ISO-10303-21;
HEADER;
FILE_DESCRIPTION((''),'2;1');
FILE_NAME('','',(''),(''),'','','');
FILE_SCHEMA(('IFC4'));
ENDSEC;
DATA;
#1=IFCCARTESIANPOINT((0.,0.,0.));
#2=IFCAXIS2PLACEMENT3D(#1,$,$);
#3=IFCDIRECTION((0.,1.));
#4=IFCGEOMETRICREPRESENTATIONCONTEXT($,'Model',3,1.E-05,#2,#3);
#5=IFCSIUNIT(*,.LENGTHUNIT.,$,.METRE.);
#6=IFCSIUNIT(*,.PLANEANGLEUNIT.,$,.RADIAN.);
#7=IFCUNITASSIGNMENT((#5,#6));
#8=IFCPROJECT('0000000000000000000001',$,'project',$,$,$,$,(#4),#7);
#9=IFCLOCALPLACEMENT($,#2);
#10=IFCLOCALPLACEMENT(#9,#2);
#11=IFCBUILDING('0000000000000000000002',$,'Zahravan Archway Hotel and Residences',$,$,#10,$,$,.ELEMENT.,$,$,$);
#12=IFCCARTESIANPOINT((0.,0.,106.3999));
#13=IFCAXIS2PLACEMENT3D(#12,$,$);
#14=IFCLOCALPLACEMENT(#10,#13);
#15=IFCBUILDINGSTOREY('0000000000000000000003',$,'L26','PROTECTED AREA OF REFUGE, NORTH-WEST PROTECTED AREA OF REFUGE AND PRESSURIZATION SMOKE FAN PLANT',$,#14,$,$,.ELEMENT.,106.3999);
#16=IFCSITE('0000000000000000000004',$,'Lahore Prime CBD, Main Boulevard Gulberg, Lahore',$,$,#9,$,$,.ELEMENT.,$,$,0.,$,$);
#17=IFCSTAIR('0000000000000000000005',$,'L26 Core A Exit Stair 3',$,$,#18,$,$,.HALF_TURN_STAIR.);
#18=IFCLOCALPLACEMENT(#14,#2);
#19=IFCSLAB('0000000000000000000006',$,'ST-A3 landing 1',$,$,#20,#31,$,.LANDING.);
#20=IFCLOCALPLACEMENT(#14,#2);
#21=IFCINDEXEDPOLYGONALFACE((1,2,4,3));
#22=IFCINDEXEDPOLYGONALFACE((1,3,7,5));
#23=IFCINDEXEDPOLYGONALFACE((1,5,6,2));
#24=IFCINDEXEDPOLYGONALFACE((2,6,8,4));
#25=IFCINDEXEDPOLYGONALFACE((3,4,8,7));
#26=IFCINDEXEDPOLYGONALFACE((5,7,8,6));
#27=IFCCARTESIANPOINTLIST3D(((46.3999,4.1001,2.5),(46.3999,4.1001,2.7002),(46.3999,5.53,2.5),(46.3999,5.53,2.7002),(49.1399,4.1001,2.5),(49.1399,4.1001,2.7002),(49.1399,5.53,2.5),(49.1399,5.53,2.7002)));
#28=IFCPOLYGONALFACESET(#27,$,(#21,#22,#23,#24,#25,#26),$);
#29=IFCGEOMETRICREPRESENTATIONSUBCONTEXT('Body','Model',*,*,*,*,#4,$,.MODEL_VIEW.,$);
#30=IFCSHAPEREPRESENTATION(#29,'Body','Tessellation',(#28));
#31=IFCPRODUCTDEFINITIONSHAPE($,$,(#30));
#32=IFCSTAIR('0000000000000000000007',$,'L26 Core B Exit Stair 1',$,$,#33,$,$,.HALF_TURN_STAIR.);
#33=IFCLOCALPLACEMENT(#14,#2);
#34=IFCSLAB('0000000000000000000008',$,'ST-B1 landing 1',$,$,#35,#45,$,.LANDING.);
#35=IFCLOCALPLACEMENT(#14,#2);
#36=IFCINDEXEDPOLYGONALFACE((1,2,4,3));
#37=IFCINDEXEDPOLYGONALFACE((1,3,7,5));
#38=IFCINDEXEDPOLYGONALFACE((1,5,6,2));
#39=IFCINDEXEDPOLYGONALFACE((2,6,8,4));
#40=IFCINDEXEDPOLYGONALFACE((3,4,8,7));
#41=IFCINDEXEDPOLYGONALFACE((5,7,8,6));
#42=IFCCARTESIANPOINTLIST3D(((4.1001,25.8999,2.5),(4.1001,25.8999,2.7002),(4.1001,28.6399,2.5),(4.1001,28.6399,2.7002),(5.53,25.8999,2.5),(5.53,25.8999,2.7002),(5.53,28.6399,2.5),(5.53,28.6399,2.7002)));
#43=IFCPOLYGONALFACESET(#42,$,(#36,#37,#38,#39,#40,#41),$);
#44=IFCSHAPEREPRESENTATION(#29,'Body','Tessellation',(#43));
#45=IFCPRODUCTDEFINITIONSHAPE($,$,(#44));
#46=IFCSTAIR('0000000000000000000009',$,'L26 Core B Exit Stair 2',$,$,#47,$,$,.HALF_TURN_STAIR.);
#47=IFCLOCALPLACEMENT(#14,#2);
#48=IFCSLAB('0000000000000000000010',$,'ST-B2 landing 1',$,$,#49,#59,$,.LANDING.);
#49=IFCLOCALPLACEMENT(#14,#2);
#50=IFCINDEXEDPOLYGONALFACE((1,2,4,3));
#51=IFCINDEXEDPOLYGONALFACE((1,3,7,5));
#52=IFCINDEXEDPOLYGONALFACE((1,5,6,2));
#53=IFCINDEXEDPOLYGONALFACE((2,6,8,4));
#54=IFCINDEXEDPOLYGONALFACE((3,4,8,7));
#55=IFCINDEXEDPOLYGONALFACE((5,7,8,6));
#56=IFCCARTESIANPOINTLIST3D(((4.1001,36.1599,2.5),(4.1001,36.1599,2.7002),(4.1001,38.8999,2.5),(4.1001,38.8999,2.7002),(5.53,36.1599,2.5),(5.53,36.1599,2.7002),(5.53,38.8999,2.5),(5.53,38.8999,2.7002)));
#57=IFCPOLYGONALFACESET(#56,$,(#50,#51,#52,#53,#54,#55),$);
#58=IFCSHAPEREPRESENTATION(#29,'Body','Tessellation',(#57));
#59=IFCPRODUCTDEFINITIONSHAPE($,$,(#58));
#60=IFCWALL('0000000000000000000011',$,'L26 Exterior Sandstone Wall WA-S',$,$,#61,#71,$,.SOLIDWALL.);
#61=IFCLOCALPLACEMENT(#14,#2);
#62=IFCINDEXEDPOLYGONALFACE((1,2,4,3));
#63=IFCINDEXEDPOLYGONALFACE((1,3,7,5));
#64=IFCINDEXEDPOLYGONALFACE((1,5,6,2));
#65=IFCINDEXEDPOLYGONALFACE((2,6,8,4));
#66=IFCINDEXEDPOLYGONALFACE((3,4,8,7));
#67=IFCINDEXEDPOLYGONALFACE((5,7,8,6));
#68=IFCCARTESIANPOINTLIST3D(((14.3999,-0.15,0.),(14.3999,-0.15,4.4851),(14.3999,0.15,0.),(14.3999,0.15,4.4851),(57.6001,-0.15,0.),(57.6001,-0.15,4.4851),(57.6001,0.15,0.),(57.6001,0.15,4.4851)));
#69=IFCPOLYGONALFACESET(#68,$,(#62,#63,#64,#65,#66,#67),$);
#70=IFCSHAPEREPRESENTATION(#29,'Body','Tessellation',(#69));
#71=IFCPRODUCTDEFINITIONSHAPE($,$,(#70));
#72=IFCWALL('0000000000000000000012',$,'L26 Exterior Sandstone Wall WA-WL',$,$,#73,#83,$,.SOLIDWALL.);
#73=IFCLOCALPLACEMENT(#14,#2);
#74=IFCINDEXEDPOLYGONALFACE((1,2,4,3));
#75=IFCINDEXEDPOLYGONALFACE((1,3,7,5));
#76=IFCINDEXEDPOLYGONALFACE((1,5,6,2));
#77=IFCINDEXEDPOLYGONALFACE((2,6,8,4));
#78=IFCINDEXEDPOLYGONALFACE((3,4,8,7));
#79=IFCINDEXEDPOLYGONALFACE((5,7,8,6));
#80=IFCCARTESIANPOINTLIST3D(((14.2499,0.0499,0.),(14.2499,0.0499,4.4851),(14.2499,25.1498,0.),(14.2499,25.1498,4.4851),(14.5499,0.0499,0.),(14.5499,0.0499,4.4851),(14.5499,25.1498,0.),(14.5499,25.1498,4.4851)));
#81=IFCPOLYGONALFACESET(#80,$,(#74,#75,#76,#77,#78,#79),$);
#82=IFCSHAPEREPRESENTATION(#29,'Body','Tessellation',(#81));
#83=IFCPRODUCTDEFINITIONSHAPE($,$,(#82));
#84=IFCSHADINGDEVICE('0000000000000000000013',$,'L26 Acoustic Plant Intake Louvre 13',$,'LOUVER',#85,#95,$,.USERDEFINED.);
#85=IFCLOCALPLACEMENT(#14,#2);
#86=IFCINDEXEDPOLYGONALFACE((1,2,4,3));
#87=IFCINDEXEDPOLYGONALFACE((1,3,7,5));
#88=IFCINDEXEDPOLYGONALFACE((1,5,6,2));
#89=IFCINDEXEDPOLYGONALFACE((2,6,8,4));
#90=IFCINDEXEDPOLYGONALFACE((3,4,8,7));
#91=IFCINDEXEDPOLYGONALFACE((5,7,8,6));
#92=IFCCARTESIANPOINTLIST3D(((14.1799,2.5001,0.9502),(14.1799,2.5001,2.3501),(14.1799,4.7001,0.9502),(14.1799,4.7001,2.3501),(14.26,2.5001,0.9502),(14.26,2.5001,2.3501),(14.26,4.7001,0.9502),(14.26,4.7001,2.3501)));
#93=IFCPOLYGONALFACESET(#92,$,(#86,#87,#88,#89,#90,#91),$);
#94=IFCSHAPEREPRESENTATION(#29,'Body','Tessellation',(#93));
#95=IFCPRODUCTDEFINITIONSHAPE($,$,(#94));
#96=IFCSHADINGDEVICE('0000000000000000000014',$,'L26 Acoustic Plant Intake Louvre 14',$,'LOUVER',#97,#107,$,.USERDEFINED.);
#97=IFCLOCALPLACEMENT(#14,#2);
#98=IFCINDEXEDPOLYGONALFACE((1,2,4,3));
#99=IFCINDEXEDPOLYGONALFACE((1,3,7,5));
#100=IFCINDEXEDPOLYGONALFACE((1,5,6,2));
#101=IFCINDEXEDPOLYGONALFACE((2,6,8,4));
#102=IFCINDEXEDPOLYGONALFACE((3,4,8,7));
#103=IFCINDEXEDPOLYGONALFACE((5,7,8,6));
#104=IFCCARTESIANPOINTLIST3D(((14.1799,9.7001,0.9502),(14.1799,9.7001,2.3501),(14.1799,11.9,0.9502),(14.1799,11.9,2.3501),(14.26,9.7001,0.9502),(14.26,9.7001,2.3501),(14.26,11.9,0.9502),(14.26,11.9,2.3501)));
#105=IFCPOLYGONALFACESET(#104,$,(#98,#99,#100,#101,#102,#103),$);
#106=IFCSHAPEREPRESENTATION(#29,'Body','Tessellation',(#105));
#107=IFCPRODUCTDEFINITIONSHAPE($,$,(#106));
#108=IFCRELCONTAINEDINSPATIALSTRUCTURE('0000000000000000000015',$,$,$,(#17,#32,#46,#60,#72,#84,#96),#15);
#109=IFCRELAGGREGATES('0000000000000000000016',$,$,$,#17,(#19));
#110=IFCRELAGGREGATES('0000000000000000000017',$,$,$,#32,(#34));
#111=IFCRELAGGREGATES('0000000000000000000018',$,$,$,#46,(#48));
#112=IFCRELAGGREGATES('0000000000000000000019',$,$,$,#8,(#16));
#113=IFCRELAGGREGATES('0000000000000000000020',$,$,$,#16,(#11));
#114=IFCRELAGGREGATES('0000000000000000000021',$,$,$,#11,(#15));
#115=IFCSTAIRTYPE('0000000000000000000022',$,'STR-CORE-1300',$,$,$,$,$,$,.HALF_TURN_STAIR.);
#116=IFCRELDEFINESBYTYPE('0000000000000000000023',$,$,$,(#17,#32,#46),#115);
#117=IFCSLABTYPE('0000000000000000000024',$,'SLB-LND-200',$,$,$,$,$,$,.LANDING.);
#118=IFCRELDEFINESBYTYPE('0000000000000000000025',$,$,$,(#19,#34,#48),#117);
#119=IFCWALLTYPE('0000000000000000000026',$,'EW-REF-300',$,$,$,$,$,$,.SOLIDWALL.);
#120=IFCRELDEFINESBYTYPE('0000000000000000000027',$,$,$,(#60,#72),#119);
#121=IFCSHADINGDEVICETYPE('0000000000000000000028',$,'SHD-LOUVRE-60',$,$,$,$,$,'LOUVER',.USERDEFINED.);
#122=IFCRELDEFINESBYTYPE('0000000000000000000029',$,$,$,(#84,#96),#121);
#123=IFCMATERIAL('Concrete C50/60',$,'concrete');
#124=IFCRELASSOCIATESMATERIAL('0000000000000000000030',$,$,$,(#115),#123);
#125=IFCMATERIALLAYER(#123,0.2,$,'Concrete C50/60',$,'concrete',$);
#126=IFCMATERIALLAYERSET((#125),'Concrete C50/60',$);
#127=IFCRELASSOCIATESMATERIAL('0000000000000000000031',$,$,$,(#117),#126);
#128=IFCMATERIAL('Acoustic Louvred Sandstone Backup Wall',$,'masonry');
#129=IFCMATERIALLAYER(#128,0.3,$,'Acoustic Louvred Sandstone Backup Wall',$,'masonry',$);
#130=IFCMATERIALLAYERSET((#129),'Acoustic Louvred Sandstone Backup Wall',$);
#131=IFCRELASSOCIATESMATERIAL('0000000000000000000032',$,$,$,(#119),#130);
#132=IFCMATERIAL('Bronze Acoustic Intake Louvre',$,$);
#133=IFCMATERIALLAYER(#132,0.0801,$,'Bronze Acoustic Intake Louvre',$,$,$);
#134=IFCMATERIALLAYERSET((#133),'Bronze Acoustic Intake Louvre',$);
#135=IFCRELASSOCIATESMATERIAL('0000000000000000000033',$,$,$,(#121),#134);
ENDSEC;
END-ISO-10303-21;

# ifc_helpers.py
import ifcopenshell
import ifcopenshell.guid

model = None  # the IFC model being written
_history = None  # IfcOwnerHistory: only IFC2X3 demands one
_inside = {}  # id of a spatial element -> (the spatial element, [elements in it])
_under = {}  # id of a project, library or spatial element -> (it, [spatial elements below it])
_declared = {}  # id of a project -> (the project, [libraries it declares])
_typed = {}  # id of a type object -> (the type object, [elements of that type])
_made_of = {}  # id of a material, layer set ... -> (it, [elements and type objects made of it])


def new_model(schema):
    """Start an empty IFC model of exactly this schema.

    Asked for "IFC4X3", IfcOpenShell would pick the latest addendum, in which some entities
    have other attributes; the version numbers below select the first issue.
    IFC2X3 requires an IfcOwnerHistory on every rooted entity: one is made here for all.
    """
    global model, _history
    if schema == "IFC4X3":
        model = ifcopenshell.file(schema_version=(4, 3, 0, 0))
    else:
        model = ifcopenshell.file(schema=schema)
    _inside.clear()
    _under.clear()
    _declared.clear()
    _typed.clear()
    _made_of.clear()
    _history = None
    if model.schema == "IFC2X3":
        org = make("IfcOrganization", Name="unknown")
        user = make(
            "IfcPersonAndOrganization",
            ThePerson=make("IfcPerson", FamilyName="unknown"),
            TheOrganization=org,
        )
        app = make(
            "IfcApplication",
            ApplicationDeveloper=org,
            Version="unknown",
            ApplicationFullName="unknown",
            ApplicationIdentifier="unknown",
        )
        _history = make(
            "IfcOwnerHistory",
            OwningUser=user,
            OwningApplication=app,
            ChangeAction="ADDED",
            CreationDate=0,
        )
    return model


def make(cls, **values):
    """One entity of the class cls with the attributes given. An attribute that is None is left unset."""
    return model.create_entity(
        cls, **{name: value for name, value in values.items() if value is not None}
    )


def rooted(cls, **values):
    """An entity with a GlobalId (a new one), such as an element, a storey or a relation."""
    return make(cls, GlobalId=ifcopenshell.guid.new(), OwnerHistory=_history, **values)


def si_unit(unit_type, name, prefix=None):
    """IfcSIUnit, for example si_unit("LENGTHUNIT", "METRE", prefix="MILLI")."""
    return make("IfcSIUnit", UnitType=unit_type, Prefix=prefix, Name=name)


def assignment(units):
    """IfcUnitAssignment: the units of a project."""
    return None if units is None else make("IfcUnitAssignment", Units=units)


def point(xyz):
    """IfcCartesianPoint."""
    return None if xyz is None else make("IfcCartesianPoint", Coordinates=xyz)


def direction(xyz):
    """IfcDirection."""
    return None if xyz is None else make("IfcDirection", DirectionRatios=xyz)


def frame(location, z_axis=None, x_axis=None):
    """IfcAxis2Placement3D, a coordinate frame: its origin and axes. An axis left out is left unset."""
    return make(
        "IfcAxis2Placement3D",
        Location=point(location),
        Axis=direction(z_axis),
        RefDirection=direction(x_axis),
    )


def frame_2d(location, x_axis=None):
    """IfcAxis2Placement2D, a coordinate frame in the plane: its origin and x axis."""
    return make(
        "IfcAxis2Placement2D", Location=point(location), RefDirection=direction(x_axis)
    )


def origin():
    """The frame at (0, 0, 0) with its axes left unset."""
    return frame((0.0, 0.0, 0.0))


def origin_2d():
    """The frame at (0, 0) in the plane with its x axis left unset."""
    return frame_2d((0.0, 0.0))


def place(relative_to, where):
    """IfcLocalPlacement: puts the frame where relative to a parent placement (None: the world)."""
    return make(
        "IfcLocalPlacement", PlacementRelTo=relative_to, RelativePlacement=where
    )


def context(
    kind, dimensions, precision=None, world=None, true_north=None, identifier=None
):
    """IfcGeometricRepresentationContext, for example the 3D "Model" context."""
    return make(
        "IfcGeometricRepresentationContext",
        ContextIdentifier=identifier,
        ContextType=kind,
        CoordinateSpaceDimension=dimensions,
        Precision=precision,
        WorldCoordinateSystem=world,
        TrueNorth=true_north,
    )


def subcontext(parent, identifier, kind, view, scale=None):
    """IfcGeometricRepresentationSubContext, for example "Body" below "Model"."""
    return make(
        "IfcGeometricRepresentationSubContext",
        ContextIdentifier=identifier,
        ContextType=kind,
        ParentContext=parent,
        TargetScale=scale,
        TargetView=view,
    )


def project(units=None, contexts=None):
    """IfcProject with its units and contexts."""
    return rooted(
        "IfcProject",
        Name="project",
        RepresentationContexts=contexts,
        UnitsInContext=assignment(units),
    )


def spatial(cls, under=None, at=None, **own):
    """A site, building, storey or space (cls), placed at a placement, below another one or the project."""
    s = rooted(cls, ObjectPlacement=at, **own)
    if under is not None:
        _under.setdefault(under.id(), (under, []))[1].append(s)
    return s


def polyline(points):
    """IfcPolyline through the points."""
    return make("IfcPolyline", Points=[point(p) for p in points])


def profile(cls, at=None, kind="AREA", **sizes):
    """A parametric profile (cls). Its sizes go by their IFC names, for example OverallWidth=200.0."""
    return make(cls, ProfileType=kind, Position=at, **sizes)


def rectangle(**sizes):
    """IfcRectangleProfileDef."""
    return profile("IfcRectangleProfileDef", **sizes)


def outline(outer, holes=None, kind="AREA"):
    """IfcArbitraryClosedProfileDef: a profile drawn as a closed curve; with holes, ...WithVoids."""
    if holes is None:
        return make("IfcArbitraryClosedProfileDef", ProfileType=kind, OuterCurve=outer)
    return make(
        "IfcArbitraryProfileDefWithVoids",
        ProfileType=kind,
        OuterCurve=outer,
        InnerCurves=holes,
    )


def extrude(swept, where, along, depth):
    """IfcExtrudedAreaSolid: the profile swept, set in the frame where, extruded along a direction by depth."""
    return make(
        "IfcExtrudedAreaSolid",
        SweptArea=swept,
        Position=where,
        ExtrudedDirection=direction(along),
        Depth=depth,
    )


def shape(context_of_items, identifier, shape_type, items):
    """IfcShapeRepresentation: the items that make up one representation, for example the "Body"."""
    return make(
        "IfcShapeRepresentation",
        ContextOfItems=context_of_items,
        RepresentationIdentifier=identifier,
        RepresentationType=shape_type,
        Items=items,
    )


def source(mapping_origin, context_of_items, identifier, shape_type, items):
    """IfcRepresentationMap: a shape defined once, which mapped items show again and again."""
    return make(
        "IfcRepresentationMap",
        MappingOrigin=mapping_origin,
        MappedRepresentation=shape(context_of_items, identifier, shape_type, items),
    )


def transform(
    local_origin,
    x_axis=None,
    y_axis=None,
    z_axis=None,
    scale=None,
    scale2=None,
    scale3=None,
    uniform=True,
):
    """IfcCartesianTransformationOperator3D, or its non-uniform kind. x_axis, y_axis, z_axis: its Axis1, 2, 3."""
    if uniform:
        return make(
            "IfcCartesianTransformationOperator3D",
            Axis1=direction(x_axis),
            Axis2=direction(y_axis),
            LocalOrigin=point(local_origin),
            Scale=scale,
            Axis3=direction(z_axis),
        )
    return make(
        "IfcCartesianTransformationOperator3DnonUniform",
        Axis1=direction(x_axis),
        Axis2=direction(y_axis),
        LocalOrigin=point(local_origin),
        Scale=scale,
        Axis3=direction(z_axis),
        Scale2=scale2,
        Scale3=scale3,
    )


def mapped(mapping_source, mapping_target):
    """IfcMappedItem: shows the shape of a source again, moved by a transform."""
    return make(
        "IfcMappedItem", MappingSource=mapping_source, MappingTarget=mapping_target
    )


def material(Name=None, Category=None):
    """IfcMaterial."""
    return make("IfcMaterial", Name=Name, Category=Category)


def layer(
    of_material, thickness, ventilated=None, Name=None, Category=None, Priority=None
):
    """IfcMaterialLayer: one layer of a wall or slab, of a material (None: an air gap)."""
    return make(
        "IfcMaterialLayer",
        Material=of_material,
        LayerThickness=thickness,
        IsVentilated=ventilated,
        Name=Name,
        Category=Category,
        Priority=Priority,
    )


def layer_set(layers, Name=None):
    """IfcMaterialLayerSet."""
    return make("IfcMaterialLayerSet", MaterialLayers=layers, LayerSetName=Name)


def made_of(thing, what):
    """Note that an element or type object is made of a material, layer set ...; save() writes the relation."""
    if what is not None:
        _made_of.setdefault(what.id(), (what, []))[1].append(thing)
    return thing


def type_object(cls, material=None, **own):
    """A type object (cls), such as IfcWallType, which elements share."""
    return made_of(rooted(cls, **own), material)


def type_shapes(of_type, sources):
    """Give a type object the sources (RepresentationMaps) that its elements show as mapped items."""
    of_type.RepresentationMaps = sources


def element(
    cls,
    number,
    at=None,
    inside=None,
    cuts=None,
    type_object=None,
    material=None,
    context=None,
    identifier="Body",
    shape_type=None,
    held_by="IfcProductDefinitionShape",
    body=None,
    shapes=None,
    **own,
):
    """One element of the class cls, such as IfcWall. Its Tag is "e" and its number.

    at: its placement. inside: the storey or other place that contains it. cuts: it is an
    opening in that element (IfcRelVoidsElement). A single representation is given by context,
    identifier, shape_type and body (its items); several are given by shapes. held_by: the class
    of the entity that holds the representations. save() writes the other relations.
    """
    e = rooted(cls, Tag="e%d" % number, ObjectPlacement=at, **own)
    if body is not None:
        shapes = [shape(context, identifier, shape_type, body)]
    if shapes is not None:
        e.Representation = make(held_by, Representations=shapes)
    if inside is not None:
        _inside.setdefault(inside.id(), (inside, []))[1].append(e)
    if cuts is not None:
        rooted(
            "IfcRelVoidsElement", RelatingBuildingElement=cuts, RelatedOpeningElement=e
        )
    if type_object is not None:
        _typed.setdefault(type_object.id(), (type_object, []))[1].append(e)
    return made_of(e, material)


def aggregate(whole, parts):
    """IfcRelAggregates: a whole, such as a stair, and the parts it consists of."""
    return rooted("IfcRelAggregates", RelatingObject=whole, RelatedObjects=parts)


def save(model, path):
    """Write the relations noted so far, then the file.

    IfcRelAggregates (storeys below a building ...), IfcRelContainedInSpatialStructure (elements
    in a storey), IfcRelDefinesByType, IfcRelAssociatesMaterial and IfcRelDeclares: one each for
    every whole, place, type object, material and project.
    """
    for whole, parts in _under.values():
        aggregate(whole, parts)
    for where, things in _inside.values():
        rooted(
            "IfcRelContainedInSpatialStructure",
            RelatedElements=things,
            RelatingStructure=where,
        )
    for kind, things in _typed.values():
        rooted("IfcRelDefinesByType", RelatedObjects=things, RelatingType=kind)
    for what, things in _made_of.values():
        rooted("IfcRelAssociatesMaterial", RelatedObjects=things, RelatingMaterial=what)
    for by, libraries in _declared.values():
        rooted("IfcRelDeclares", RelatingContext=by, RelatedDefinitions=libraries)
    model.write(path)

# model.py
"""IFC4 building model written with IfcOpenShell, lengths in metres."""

from ifc_helpers import new_model, si_unit, direction, frame, frame_2d, origin, origin_2d, place, context, subcontext, project, spatial, polyline, rectangle, outline, extrude, source, transform, mapped, material, layer, layer_set, type_object, type_shapes, element, aggregate, save


model = new_model("IFC4")

# Units and contexts
model_context = context("Model", 3, precision=1e-05, world=origin(), true_north=direction((0.0, 1.0)))
body_context = subcontext(model_context, "Body", "Model", "MODEL_VIEW")
ifc_project = project(units=[si_unit("LENGTHUNIT", "METRE"), si_unit("PLANEANGLEUNIT", "RADIAN")], contexts=[model_context])

# Site, building, storey
site_placement = place(None, origin())
site = spatial("IfcSite", under=ifc_project, at=site_placement, Name="Lahore Prime CBD, Main Boulevard Gulberg, Lahore", CompositionType="ELEMENT", RefElevation=0.0)
building_placement = place(site_placement, origin())
building = spatial("IfcBuilding", under=site, at=building_placement, Name="Zahravan Archway Hotel and Residences", CompositionType="ELEMENT")
storey_placement = place(building_placement, frame((0.0, 0.0, 106.3999)))
storey = spatial("IfcBuildingStorey", under=building, at=storey_placement, Name="L26", Description="PROTECTED AREA OF REFUGE, NORTH-WEST PROTECTED AREA OF REFUGE AND PRESSURIZATION SMOKE FAN PLANT", CompositionType="ELEMENT", Elevation=106.3999)

# Shared definitions
ifc_material_1 = material(Name="Concrete C50/60", Category="concrete")

# Stairs, slabs
stair_type = type_object("IfcStairType", Name="STR-CORE-1300", PredefinedType="HALF_TURN_STAIR", material=ifc_material_1)
ifc_layer_1 = layer(ifc_material_1, 0.2, Name="Concrete C50/60", Category="concrete")
ifc_layer_set_1 = layer_set([ifc_layer_1], Name="Concrete C50/60")
slab_type_1 = type_object("IfcSlabType", Name="SLB-LND-200", PredefinedType="LANDING", material=ifc_layer_set_1)
stair_1_placement = place(storey_placement, origin())
stair_1 = element("IfcStair", 1, at=stair_1_placement, inside=storey, type_object=stair_type, Name="L26 Core A Exit Stair 3", PredefinedType="HALF_TURN_STAIR")
slab_1_placement = place(storey_placement, frame((0.0, 0.0, 2.5)))
slab_1 = element("IfcSlab", 2, at=slab_1_placement, type_object=slab_type_1, Name="ST-A3 landing 1", PredefinedType="LANDING", context=body_context, shape_type="SweptSolid", body=[
    extrude(outline(polyline([(46.3999, 5.53), (46.3999, 4.1001), (49.1399, 4.1001), (49.1399, 5.53), (46.3999, 5.53)])), origin(), (0.0, 0.0, 1.0), 0.2002),
])
aggregate(stair_1, [slab_1])
stair_2_placement = place(storey_placement, origin())
stair_2 = element("IfcStair", 3, at=stair_2_placement, inside=storey, type_object=stair_type, Name="L26 Core B Exit Stair 1", PredefinedType="HALF_TURN_STAIR")
slab_2_placement = place(storey_placement, frame((0.0, 0.0, 2.5)))
slab_2 = element("IfcSlab", 4, at=slab_2_placement, type_object=slab_type_1, Name="ST-B1 landing 1", PredefinedType="LANDING", context=body_context, shape_type="SweptSolid", body=[
    extrude(outline(polyline([(5.53, 28.6399), (4.1001, 28.6399), (4.1001, 25.8999), (5.53, 25.8999), (5.53, 28.6399)])), origin(), (0.0, 0.0, 1.0), 0.2002),
])
aggregate(stair_2, [slab_2])
stair_3_placement = place(storey_placement, origin())
stair_3 = element("IfcStair", 5, at=stair_3_placement, inside=storey, type_object=stair_type, Name="L26 Core B Exit Stair 2", PredefinedType="HALF_TURN_STAIR")
slab_3_placement = place(storey_placement, frame((0.0, 0.0, 2.5)))
slab_3 = element("IfcSlab", 6, at=slab_3_placement, type_object=slab_type_1, Name="ST-B2 landing 1", PredefinedType="LANDING", context=body_context, shape_type="SweptSolid", body=[
    extrude(outline(polyline([(5.53, 38.8999), (4.1001, 38.8999), (4.1001, 36.1599), (5.53, 36.1599), (5.53, 38.8999)])), origin(), (0.0, 0.0, 1.0), 0.2002),
])
aggregate(stair_3, [slab_3])

# Walls
ifc_material_2 = material(Name="Acoustic Louvred Sandstone Backup Wall", Category="masonry")
ifc_layer_2 = layer(ifc_material_2, 0.3, Name="Acoustic Louvred Sandstone Backup Wall", Category="masonry")
ifc_layer_set_2 = layer_set([ifc_layer_2], Name="Acoustic Louvred Sandstone Backup Wall")
wall_type = type_object("IfcWallType", Name="EW-REF-300", PredefinedType="SOLIDWALL", material=ifc_layer_set_2)
wall_1_placement = place(storey_placement, frame((14.3999, 0.0, 0.0), z_axis=(0.0, 0.0, 1.0), x_axis=(1.0, 0.0, 0.0)))
element("IfcWall", 7, at=wall_1_placement, inside=storey, type_object=wall_type, Name="L26 Exterior Sandstone Wall WA-S", PredefinedType="SOLIDWALL", context=body_context, shape_type="SweptSolid", body=[
    extrude(rectangle(XDim=43.2002, YDim=0.3, at=frame_2d((21.6001, 0.0))), origin(), (0.0, 0.0, 1.0), 4.4851),
])
wall_2_placement = place(storey_placement, frame((14.3999, 0.05, 0.0), z_axis=(0.0, 0.0, 1.0), x_axis=(0.0, 1.0, 0.0)))
element("IfcWall", 8, at=wall_2_placement, inside=storey, type_object=wall_type, Name="L26 Exterior Sandstone Wall WA-WL", PredefinedType="SOLIDWALL", context=body_context, shape_type="SweptSolid", body=[
    extrude(rectangle(XDim=25.0999, YDim=0.3, at=frame_2d((12.5498, 0.0))), origin(), (0.0, 0.0, 1.0), 4.4851),
])

# Shading devices
ifc_material_3 = material(Name="Bronze Acoustic Intake Louvre")
ifc_layer_3 = layer(ifc_material_3, 0.0801, Name="Bronze Acoustic Intake Louvre")
ifc_layer_set_3 = layer_set([ifc_layer_3], Name="Bronze Acoustic Intake Louvre")
shading_device_type = type_object("IfcShadingDeviceType", Name="SHD-LOUVRE-60", ElementType="LOUVER", PredefinedType="USERDEFINED", material=ifc_layer_set_3)
shared_shape_1 = source(origin(), body_context, "Body", "SweptSolid", [
    extrude(rectangle(XDim=2.2, YDim=0.0801, at=origin_2d()), origin(), (0.0, 0.0, 1.0), 1.3999),
])
type_shapes(shading_device_type, [shared_shape_1])
for number, where, z_axis, x_axis, name in (
    (9, (14.22, 3.6001, 0.9502), (0.0, 0.0, 1.0), (0.0, 1.0, 0.0), "L26 Acoustic Plant Intake Louvre 13"),
    (10, (14.22, 10.8, 0.9502), (0.0, 0.0, 1.0), (0.0, 1.0, 0.0), "L26 Acoustic Plant Intake Louvre 14"),
):
    element("IfcShadingDevice", number, at=place(storey_placement, frame(where, z_axis=z_axis, x_axis=x_axis)), inside=storey, type_object=shading_device_type, Name=name, ObjectType="LOUVER", PredefinedType="USERDEFINED", context=body_context, shape_type="MappedRepresentation", body=[
        mapped(shared_shape_1, transform((0.0, 0.0, 0.0), scale=1.0)),
    ])

save(model, "model.ifc")
